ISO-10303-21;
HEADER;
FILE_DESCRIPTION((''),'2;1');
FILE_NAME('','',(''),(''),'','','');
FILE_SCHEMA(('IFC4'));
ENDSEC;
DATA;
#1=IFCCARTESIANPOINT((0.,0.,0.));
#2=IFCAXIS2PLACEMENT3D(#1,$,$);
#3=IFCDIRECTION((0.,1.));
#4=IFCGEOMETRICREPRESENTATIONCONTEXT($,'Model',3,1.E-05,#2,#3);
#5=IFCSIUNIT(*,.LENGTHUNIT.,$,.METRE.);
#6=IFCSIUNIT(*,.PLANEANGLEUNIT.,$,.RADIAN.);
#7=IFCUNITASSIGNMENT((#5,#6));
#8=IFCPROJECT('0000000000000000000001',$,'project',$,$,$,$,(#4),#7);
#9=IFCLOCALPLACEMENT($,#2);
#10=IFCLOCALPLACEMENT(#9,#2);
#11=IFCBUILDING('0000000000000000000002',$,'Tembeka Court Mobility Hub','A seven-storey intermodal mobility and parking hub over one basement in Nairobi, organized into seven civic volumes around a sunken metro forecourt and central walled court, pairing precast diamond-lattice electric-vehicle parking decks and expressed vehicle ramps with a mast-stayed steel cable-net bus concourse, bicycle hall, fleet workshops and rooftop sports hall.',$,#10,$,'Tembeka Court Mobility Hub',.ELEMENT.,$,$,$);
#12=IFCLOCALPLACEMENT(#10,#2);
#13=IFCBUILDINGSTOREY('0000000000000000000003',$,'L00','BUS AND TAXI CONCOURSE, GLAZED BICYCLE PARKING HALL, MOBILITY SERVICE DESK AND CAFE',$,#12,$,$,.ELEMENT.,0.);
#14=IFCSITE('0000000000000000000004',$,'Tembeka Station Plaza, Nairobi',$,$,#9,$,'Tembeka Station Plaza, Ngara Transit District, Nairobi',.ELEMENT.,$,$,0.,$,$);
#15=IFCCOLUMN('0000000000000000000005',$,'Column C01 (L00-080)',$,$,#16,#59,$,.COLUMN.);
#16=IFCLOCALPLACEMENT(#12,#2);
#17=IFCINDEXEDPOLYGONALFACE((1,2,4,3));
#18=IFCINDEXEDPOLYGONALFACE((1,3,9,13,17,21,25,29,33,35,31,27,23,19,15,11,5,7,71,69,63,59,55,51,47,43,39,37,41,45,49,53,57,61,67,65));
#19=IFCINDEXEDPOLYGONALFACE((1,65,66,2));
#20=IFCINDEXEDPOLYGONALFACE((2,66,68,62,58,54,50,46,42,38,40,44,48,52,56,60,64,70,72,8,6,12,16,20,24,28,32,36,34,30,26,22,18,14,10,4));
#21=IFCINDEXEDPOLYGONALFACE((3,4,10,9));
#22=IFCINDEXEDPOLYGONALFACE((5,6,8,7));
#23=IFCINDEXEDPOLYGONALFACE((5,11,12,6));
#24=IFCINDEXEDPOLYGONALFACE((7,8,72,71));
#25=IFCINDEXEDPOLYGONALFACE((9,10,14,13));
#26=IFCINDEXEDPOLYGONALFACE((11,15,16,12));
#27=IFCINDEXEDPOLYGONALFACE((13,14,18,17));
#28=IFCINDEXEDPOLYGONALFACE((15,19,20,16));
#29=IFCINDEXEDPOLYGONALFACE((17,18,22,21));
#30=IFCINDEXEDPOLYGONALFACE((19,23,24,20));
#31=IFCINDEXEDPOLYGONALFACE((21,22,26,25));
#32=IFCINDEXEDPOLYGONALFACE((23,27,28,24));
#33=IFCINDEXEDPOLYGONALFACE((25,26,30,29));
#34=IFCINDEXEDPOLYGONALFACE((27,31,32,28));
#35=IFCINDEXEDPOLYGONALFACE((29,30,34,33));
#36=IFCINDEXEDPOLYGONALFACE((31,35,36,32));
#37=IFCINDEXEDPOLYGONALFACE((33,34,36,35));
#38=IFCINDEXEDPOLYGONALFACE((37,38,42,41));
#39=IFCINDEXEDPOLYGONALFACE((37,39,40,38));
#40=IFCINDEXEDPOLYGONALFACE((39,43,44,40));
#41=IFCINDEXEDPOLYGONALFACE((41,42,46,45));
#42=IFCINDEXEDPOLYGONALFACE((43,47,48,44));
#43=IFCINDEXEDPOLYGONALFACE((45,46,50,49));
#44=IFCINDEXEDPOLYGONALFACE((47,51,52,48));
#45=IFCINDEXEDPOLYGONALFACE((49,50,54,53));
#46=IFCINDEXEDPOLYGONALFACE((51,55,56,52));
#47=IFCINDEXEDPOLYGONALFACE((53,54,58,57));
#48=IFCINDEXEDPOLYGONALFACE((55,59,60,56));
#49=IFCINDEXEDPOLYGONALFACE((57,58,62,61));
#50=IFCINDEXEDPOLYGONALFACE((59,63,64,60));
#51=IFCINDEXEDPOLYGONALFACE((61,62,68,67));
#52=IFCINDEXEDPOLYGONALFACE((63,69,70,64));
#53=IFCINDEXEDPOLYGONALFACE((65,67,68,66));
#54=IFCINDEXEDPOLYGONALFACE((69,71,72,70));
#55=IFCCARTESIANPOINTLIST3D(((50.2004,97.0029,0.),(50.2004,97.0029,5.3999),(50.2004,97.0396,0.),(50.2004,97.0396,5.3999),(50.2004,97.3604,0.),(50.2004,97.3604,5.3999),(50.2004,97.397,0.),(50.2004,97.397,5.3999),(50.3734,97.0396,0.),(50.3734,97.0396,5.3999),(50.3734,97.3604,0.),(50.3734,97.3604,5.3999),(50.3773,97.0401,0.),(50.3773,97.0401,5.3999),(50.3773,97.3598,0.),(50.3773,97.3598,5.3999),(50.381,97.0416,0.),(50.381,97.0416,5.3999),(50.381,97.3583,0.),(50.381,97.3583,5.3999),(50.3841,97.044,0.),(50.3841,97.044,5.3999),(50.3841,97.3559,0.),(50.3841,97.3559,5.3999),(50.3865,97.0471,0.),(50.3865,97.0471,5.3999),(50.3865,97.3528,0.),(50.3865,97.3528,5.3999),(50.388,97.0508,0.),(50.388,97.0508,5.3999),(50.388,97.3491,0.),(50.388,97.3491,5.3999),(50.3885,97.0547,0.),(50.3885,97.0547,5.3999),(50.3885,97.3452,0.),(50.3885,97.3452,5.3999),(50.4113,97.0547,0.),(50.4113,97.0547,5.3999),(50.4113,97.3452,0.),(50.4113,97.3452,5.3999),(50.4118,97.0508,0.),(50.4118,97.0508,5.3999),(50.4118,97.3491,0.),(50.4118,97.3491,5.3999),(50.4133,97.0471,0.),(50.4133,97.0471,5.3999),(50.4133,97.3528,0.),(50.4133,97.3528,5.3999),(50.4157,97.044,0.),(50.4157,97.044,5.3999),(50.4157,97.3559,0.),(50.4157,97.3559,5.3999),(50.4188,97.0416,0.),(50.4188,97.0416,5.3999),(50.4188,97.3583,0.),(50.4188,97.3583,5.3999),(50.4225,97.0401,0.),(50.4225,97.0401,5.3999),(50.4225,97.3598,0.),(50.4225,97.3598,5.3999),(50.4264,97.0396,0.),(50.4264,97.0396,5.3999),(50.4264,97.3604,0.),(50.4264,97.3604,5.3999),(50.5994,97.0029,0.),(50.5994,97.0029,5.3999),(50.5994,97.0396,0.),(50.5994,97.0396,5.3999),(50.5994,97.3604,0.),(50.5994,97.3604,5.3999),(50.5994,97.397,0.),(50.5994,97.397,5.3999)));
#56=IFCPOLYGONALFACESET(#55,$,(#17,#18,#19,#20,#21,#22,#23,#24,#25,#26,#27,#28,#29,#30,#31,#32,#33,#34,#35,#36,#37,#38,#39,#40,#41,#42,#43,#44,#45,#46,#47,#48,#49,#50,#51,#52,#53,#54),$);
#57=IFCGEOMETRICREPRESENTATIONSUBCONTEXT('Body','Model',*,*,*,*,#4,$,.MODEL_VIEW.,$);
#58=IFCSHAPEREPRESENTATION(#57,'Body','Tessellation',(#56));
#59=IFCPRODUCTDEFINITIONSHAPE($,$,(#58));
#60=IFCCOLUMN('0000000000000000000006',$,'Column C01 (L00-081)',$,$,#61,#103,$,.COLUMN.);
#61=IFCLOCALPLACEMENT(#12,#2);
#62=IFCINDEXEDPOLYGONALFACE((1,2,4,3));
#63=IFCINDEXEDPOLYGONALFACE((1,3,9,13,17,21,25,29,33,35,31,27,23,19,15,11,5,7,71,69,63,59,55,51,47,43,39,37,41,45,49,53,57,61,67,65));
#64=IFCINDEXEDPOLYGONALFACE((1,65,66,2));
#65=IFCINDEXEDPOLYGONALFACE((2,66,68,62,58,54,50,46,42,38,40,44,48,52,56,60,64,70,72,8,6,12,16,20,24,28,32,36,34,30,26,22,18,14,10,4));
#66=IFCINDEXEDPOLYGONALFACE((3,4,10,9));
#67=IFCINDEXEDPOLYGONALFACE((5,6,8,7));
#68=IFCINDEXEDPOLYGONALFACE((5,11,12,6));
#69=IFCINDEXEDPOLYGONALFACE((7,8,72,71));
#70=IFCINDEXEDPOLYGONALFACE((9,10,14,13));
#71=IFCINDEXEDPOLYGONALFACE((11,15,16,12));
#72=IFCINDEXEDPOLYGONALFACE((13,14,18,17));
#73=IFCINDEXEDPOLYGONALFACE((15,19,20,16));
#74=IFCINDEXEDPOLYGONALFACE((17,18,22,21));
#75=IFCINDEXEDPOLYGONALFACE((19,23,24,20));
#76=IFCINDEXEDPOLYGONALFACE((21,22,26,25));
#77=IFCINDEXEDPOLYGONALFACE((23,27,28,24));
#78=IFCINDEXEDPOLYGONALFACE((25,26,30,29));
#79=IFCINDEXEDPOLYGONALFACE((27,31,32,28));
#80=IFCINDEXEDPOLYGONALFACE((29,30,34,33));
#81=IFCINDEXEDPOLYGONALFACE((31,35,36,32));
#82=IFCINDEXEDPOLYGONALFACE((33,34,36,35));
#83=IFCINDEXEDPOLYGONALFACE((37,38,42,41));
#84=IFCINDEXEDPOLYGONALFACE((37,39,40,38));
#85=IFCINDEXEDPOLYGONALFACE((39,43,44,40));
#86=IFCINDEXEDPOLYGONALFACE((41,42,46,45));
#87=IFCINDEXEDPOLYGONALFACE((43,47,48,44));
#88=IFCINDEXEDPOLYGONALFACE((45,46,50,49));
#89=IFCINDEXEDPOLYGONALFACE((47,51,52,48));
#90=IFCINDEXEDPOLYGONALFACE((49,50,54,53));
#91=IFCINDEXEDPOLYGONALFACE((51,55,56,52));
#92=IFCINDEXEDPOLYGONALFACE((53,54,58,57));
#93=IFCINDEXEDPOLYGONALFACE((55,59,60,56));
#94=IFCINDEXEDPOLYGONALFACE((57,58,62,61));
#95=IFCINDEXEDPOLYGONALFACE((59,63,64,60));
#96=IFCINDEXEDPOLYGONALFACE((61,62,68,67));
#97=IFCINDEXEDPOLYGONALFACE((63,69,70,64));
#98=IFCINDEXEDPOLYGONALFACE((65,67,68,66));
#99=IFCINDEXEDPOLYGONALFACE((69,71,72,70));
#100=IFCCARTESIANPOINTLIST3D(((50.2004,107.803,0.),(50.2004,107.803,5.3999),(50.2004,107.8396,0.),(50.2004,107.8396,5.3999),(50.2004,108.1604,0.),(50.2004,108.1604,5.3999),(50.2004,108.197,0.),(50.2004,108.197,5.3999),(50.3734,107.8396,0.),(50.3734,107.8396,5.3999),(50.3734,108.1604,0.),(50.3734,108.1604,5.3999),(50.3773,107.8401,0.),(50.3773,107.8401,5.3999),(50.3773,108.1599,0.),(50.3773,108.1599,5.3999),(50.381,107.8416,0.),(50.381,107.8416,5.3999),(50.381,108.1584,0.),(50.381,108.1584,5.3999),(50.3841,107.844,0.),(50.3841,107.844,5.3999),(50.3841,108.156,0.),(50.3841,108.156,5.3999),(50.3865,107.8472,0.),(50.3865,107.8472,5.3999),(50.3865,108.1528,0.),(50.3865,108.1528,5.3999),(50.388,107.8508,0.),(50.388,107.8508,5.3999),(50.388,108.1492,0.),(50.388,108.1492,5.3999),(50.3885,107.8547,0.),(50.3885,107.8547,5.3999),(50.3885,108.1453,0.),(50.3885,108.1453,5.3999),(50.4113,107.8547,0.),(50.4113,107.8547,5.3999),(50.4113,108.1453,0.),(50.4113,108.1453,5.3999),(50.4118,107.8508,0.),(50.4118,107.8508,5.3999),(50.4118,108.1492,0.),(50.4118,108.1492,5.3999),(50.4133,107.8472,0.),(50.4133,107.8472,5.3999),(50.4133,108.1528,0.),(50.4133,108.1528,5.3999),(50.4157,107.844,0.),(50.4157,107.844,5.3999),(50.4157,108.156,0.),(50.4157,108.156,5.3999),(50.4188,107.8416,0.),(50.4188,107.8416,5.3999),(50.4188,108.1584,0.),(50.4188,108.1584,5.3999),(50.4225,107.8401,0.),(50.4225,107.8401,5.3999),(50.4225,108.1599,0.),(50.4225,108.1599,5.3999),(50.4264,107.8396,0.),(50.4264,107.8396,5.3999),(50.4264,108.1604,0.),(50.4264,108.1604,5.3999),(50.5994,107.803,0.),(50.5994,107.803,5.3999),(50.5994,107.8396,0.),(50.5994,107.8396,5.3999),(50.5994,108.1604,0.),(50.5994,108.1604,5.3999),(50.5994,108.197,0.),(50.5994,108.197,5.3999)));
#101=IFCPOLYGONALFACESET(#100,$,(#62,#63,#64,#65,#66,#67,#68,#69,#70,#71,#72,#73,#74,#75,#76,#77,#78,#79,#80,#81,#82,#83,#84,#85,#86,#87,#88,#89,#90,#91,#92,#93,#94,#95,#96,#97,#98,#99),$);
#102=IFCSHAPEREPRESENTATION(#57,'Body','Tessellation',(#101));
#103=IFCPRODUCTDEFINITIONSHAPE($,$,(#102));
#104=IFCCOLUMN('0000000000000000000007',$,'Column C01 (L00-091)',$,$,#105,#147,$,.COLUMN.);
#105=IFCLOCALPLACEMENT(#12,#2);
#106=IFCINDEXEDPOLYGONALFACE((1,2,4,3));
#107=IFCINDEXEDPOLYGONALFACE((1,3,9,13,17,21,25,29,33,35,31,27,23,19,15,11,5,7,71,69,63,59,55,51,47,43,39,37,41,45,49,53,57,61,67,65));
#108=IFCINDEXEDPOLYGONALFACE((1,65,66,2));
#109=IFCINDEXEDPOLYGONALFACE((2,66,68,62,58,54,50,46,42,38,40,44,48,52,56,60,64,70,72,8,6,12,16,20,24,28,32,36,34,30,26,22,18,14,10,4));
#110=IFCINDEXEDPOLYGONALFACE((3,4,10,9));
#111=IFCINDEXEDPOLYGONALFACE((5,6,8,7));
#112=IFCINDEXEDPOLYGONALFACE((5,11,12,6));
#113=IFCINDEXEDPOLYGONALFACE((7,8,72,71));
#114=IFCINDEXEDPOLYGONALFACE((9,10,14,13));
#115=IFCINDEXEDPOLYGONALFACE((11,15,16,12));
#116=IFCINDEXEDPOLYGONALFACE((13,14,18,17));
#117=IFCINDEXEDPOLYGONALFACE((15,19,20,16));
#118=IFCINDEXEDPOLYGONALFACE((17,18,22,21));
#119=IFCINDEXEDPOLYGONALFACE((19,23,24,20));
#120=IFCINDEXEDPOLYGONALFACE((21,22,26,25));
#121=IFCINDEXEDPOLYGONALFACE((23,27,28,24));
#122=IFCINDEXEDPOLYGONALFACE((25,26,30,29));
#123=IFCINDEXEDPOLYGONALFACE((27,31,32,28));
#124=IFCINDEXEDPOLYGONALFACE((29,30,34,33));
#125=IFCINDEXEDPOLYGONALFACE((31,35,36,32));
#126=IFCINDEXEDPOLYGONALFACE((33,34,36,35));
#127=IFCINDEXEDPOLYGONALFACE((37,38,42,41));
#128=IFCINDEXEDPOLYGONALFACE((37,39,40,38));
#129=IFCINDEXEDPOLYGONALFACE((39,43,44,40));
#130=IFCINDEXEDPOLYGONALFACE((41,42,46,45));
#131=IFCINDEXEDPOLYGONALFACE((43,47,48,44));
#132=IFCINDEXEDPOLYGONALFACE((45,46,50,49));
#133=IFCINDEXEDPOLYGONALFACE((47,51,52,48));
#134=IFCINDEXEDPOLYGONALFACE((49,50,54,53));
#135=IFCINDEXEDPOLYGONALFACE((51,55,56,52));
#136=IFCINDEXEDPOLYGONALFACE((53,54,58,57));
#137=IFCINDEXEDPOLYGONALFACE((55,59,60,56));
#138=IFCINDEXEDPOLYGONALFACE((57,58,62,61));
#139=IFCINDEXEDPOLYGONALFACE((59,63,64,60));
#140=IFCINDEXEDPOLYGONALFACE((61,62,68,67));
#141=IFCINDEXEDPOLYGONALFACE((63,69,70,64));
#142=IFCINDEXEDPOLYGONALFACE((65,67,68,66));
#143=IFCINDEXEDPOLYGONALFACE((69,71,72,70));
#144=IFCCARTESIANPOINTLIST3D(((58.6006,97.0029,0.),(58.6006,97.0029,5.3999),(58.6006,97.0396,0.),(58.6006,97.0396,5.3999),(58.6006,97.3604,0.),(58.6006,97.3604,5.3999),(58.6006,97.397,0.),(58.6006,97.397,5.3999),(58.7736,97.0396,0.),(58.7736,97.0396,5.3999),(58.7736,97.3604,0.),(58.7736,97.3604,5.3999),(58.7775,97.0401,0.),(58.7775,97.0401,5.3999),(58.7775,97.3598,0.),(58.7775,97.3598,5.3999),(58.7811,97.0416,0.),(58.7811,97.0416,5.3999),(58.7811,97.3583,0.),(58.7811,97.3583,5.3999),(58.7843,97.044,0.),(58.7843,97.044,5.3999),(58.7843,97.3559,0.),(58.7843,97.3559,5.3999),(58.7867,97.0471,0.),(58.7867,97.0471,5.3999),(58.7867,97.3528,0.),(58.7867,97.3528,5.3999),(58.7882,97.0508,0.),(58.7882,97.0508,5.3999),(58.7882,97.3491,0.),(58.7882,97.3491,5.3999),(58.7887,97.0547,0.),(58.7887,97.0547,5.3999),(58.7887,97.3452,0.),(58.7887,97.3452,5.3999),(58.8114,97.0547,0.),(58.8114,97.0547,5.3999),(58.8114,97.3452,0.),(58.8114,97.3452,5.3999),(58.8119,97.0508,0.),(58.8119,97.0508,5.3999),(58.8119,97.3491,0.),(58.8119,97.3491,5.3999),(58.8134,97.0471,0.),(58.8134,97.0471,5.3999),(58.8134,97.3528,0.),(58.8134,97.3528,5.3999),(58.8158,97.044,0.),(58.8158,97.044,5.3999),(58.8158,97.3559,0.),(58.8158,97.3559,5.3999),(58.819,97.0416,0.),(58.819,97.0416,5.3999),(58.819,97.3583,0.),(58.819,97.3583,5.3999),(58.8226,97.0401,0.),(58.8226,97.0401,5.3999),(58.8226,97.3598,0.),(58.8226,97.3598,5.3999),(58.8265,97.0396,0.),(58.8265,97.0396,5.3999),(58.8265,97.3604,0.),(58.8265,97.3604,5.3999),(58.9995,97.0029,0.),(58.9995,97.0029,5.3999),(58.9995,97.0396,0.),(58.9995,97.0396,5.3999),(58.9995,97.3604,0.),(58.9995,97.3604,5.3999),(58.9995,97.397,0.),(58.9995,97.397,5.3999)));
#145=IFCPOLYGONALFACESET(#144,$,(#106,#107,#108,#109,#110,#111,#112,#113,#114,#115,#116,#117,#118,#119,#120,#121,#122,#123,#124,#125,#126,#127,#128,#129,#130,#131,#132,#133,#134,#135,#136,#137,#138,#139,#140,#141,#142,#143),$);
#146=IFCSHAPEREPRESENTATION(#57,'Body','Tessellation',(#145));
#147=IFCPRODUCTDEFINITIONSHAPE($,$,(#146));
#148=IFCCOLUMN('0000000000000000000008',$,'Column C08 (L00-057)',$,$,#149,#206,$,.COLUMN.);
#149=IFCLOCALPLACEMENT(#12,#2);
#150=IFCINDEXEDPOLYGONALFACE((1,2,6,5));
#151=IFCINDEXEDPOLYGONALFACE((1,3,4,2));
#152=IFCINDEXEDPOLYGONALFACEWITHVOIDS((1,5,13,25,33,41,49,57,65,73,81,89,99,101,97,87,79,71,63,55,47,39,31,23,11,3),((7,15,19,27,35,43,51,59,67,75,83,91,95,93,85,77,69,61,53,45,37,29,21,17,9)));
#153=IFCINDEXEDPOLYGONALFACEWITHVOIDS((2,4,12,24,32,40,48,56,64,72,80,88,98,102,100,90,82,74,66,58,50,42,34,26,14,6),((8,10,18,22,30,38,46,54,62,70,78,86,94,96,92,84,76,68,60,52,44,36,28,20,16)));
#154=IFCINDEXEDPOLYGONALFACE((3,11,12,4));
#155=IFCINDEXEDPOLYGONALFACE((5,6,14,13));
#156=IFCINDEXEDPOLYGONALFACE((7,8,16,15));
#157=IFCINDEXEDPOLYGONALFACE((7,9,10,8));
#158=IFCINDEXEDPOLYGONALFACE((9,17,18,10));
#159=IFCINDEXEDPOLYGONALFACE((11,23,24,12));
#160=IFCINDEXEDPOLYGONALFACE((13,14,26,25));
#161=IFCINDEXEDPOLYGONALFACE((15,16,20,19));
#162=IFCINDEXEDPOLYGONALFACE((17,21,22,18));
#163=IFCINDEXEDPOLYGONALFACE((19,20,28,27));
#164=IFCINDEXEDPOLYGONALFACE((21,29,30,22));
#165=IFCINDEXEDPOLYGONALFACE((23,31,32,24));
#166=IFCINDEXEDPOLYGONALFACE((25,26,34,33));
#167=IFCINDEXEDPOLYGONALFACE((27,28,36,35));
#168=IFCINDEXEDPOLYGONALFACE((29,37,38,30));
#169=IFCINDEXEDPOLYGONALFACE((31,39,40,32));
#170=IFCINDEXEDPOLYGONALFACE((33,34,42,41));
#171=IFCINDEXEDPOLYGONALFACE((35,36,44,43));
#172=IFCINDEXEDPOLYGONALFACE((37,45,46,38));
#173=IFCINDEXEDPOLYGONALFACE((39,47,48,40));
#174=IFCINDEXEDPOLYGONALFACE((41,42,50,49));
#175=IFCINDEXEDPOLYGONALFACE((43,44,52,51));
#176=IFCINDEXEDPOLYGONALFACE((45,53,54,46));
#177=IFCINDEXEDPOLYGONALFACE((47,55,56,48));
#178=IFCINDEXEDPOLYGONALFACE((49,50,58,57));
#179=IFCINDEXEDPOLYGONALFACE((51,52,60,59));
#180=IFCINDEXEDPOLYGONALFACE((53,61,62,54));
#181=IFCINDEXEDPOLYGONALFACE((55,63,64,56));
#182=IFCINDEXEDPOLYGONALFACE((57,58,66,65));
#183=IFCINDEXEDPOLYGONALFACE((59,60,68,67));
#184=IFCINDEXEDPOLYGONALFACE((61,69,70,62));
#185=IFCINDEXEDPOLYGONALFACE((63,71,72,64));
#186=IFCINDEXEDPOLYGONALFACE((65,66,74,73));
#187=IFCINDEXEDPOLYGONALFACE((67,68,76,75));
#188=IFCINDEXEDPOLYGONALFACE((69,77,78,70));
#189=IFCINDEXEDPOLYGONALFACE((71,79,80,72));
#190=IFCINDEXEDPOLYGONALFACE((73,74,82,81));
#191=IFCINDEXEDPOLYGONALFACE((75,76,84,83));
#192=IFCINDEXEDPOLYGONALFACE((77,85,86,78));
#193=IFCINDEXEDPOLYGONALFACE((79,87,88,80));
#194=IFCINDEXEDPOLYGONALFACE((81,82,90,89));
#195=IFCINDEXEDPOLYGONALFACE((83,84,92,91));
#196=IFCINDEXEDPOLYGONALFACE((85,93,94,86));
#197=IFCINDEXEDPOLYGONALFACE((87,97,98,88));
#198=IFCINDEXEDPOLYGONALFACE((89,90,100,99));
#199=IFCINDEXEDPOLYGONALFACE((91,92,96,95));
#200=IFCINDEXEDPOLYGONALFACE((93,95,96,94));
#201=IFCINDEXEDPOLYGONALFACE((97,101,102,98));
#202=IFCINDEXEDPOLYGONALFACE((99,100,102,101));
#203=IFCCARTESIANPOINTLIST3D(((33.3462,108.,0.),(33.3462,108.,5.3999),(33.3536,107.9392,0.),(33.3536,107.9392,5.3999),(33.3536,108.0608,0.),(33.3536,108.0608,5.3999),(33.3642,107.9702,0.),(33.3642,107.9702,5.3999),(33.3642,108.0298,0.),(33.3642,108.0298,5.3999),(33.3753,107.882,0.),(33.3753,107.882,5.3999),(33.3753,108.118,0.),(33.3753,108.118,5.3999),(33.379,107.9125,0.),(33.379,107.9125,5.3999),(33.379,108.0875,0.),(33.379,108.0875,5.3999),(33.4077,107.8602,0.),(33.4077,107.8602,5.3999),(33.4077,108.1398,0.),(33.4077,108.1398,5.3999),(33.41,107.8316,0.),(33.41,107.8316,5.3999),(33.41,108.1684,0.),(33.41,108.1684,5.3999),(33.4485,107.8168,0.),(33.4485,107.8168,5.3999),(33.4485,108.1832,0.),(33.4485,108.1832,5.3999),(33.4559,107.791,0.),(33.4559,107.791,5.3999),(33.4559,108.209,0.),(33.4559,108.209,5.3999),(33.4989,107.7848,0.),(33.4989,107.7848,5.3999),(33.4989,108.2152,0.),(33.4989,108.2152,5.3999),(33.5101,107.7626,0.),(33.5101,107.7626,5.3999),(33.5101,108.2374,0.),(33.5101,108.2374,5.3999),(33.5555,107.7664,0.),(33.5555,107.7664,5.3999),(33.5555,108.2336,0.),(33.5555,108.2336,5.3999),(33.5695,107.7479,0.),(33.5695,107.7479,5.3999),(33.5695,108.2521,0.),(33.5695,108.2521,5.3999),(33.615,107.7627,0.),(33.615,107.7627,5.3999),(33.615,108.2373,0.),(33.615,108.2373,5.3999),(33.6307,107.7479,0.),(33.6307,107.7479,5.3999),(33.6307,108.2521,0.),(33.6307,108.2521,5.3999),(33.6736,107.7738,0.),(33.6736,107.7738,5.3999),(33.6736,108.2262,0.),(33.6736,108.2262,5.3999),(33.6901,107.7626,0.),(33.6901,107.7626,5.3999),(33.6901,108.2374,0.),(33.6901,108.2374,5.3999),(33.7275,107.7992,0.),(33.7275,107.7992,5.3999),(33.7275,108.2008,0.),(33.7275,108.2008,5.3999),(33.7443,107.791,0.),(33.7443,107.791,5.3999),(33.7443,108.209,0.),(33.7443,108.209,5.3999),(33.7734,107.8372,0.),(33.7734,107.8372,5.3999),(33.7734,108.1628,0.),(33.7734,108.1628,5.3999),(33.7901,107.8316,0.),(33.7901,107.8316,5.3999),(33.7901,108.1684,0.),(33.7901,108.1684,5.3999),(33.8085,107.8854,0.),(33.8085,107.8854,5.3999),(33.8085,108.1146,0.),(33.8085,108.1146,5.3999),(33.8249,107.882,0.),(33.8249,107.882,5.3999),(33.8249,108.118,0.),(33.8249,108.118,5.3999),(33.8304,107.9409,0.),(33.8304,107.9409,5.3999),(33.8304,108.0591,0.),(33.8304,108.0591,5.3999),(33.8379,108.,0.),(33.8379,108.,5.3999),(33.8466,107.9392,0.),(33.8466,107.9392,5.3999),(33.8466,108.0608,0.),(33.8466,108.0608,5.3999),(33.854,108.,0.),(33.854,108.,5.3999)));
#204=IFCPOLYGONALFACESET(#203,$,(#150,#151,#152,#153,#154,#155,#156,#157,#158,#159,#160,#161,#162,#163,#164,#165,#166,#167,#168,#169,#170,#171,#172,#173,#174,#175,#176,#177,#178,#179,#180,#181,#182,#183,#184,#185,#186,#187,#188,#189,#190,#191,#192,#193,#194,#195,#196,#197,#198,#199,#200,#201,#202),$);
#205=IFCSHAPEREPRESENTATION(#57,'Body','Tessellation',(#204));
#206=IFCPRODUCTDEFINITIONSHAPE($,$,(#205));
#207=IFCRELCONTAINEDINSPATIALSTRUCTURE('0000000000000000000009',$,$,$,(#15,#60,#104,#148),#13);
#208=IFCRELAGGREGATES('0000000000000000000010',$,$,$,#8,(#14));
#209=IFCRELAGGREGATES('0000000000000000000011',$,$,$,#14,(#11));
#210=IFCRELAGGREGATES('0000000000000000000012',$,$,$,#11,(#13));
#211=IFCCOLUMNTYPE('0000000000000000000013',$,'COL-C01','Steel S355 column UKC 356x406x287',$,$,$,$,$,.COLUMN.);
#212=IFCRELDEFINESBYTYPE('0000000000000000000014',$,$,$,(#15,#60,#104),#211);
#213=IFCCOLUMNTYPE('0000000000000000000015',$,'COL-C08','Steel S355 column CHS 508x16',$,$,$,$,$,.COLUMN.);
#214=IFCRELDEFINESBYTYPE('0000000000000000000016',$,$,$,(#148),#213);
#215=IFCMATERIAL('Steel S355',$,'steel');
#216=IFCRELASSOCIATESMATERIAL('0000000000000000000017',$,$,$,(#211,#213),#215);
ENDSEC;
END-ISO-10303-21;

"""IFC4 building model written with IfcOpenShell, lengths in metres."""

from ifc_helpers import new_model, si_unit, direction, frame, origin, origin_2d, place, context, subcontext, project, spatial, hollow_circle, i_section, extrude, material, material_profile, profile_set, type_object, element, save


model = new_model("IFC4")

# Units and contexts
model_context = context("Model", 3, precision=1e-05, world=origin(), true_north=direction((0.0, 1.0)))
body_context = subcontext(model_context, "Body", "Model", "MODEL_VIEW")
ifc_project = project(units=[si_unit("LENGTHUNIT", "METRE"), si_unit("PLANEANGLEUNIT", "RADIAN")], contexts=[model_context])

# Site, building, storey
site_placement = place(None, origin())
site = spatial("IfcSite", under=ifc_project, at=site_placement, Name="Tembeka Station Plaza, Nairobi", LongName="Tembeka Station Plaza, Ngara Transit District, Nairobi", CompositionType="ELEMENT", RefElevation=0.0)
building_placement = place(site_placement, origin())
building = spatial("IfcBuilding", under=site, at=building_placement, Name="Tembeka Court Mobility Hub", Description="A seven-storey intermodal mobility and parking hub over one basement in Nairobi, organized into seven civic volumes around a sunken metro forecourt and central walled court, pairing precast diamond-lattice electric-vehicle parking decks and expressed vehicle ramps with a mast-stayed steel cable-net bus concourse, bicycle hall, fleet workshops and rooftop sports hall.", LongName="Tembeka Court Mobility Hub", CompositionType="ELEMENT")
storey_placement = place(building_placement, origin())
storey = spatial("IfcBuildingStorey", under=building, at=storey_placement, Name="L00", Description="BUS AND TAXI CONCOURSE, GLAZED BICYCLE PARKING HALL, MOBILITY SERVICE DESK AND CAFE", CompositionType="ELEMENT", Elevation=0.0)

# Columns
ifc_material_1 = material(Name="Steel S355", Category="steel")
ifc_material_profile_1 = material_profile(ifc_material_1, i_section(OverallWidth=0.3989, OverallDepth=0.394, WebThickness=0.0227, FlangeThickness=0.0366, FilletRadius=0.0151, at=origin_2d()), Name="UKC 356x406x287")
ifc_profile_set_1 = profile_set([ifc_material_profile_1], Name="Steel S355")
column_type_1 = type_object("IfcColumnType", Name="COL-C01", Description="Steel S355 column UKC 356x406x287", PredefinedType="COLUMN", material=ifc_profile_set_1)
for number, where, z_axis, x_axis, name in (
    (1, (50.3999, 97.2, 0.0), (0.0, 0.0, 1.0), (1.0, 0.0, 0.0), "Column C01 (L00-080)"),
    (2, (50.3999, 108.0, 0.0), (0.0, 0.0, 1.0), (1.0, 0.0, 0.0), "Column C01 (L00-081)"),
    (3, (58.8, 97.2, 0.0), (0.0, 0.0, 1.0), (1.0, 0.0, 0.0), "Column C01 (L00-091)"),
):
    element("IfcColumn", number, at=place(storey_placement, frame(where, z_axis=z_axis, x_axis=x_axis)), inside=storey, type_object=column_type_1, Name=name, PredefinedType="COLUMN", context=body_context, shape_type="SweptSolid", body=[
        extrude(i_section(OverallWidth=0.3989, OverallDepth=0.394, WebThickness=0.0227, FlangeThickness=0.0366, FilletRadius=0.0151, at=origin_2d()), origin(), (0.0, 0.0, 1.0), 5.3999),
    ])
ifc_material_profile_2 = material_profile(ifc_material_1, hollow_circle(Radius=0.2539, WallThickness=0.0161, at=origin_2d()), Name="CHS 508x16")
ifc_profile_set_2 = profile_set([ifc_material_profile_2], Name="Steel S355")
column_type_2 = type_object("IfcColumnType", Name="COL-C08", Description="Steel S355 column CHS 508x16", PredefinedType="COLUMN", material=ifc_profile_set_2)
for number, where, z_axis, x_axis, name in (
    (4, (33.6001, 108.0, 0.0), (0.0, 0.0, 1.0), (1.0, 0.0, 0.0), "Column C08 (L00-057)"),
):
    element("IfcColumn", number, at=place(storey_placement, frame(where, z_axis=z_axis, x_axis=x_axis)), inside=storey, type_object=column_type_2, Name=name, PredefinedType="COLUMN", context=body_context, shape_type="SweptSolid", body=[
        extrude(hollow_circle(Radius=0.2539, WallThickness=0.0161, at=origin_2d()), origin(), (0.0, 0.0, 1.0), 5.3999),
    ])

save(model, "model.ifc")
